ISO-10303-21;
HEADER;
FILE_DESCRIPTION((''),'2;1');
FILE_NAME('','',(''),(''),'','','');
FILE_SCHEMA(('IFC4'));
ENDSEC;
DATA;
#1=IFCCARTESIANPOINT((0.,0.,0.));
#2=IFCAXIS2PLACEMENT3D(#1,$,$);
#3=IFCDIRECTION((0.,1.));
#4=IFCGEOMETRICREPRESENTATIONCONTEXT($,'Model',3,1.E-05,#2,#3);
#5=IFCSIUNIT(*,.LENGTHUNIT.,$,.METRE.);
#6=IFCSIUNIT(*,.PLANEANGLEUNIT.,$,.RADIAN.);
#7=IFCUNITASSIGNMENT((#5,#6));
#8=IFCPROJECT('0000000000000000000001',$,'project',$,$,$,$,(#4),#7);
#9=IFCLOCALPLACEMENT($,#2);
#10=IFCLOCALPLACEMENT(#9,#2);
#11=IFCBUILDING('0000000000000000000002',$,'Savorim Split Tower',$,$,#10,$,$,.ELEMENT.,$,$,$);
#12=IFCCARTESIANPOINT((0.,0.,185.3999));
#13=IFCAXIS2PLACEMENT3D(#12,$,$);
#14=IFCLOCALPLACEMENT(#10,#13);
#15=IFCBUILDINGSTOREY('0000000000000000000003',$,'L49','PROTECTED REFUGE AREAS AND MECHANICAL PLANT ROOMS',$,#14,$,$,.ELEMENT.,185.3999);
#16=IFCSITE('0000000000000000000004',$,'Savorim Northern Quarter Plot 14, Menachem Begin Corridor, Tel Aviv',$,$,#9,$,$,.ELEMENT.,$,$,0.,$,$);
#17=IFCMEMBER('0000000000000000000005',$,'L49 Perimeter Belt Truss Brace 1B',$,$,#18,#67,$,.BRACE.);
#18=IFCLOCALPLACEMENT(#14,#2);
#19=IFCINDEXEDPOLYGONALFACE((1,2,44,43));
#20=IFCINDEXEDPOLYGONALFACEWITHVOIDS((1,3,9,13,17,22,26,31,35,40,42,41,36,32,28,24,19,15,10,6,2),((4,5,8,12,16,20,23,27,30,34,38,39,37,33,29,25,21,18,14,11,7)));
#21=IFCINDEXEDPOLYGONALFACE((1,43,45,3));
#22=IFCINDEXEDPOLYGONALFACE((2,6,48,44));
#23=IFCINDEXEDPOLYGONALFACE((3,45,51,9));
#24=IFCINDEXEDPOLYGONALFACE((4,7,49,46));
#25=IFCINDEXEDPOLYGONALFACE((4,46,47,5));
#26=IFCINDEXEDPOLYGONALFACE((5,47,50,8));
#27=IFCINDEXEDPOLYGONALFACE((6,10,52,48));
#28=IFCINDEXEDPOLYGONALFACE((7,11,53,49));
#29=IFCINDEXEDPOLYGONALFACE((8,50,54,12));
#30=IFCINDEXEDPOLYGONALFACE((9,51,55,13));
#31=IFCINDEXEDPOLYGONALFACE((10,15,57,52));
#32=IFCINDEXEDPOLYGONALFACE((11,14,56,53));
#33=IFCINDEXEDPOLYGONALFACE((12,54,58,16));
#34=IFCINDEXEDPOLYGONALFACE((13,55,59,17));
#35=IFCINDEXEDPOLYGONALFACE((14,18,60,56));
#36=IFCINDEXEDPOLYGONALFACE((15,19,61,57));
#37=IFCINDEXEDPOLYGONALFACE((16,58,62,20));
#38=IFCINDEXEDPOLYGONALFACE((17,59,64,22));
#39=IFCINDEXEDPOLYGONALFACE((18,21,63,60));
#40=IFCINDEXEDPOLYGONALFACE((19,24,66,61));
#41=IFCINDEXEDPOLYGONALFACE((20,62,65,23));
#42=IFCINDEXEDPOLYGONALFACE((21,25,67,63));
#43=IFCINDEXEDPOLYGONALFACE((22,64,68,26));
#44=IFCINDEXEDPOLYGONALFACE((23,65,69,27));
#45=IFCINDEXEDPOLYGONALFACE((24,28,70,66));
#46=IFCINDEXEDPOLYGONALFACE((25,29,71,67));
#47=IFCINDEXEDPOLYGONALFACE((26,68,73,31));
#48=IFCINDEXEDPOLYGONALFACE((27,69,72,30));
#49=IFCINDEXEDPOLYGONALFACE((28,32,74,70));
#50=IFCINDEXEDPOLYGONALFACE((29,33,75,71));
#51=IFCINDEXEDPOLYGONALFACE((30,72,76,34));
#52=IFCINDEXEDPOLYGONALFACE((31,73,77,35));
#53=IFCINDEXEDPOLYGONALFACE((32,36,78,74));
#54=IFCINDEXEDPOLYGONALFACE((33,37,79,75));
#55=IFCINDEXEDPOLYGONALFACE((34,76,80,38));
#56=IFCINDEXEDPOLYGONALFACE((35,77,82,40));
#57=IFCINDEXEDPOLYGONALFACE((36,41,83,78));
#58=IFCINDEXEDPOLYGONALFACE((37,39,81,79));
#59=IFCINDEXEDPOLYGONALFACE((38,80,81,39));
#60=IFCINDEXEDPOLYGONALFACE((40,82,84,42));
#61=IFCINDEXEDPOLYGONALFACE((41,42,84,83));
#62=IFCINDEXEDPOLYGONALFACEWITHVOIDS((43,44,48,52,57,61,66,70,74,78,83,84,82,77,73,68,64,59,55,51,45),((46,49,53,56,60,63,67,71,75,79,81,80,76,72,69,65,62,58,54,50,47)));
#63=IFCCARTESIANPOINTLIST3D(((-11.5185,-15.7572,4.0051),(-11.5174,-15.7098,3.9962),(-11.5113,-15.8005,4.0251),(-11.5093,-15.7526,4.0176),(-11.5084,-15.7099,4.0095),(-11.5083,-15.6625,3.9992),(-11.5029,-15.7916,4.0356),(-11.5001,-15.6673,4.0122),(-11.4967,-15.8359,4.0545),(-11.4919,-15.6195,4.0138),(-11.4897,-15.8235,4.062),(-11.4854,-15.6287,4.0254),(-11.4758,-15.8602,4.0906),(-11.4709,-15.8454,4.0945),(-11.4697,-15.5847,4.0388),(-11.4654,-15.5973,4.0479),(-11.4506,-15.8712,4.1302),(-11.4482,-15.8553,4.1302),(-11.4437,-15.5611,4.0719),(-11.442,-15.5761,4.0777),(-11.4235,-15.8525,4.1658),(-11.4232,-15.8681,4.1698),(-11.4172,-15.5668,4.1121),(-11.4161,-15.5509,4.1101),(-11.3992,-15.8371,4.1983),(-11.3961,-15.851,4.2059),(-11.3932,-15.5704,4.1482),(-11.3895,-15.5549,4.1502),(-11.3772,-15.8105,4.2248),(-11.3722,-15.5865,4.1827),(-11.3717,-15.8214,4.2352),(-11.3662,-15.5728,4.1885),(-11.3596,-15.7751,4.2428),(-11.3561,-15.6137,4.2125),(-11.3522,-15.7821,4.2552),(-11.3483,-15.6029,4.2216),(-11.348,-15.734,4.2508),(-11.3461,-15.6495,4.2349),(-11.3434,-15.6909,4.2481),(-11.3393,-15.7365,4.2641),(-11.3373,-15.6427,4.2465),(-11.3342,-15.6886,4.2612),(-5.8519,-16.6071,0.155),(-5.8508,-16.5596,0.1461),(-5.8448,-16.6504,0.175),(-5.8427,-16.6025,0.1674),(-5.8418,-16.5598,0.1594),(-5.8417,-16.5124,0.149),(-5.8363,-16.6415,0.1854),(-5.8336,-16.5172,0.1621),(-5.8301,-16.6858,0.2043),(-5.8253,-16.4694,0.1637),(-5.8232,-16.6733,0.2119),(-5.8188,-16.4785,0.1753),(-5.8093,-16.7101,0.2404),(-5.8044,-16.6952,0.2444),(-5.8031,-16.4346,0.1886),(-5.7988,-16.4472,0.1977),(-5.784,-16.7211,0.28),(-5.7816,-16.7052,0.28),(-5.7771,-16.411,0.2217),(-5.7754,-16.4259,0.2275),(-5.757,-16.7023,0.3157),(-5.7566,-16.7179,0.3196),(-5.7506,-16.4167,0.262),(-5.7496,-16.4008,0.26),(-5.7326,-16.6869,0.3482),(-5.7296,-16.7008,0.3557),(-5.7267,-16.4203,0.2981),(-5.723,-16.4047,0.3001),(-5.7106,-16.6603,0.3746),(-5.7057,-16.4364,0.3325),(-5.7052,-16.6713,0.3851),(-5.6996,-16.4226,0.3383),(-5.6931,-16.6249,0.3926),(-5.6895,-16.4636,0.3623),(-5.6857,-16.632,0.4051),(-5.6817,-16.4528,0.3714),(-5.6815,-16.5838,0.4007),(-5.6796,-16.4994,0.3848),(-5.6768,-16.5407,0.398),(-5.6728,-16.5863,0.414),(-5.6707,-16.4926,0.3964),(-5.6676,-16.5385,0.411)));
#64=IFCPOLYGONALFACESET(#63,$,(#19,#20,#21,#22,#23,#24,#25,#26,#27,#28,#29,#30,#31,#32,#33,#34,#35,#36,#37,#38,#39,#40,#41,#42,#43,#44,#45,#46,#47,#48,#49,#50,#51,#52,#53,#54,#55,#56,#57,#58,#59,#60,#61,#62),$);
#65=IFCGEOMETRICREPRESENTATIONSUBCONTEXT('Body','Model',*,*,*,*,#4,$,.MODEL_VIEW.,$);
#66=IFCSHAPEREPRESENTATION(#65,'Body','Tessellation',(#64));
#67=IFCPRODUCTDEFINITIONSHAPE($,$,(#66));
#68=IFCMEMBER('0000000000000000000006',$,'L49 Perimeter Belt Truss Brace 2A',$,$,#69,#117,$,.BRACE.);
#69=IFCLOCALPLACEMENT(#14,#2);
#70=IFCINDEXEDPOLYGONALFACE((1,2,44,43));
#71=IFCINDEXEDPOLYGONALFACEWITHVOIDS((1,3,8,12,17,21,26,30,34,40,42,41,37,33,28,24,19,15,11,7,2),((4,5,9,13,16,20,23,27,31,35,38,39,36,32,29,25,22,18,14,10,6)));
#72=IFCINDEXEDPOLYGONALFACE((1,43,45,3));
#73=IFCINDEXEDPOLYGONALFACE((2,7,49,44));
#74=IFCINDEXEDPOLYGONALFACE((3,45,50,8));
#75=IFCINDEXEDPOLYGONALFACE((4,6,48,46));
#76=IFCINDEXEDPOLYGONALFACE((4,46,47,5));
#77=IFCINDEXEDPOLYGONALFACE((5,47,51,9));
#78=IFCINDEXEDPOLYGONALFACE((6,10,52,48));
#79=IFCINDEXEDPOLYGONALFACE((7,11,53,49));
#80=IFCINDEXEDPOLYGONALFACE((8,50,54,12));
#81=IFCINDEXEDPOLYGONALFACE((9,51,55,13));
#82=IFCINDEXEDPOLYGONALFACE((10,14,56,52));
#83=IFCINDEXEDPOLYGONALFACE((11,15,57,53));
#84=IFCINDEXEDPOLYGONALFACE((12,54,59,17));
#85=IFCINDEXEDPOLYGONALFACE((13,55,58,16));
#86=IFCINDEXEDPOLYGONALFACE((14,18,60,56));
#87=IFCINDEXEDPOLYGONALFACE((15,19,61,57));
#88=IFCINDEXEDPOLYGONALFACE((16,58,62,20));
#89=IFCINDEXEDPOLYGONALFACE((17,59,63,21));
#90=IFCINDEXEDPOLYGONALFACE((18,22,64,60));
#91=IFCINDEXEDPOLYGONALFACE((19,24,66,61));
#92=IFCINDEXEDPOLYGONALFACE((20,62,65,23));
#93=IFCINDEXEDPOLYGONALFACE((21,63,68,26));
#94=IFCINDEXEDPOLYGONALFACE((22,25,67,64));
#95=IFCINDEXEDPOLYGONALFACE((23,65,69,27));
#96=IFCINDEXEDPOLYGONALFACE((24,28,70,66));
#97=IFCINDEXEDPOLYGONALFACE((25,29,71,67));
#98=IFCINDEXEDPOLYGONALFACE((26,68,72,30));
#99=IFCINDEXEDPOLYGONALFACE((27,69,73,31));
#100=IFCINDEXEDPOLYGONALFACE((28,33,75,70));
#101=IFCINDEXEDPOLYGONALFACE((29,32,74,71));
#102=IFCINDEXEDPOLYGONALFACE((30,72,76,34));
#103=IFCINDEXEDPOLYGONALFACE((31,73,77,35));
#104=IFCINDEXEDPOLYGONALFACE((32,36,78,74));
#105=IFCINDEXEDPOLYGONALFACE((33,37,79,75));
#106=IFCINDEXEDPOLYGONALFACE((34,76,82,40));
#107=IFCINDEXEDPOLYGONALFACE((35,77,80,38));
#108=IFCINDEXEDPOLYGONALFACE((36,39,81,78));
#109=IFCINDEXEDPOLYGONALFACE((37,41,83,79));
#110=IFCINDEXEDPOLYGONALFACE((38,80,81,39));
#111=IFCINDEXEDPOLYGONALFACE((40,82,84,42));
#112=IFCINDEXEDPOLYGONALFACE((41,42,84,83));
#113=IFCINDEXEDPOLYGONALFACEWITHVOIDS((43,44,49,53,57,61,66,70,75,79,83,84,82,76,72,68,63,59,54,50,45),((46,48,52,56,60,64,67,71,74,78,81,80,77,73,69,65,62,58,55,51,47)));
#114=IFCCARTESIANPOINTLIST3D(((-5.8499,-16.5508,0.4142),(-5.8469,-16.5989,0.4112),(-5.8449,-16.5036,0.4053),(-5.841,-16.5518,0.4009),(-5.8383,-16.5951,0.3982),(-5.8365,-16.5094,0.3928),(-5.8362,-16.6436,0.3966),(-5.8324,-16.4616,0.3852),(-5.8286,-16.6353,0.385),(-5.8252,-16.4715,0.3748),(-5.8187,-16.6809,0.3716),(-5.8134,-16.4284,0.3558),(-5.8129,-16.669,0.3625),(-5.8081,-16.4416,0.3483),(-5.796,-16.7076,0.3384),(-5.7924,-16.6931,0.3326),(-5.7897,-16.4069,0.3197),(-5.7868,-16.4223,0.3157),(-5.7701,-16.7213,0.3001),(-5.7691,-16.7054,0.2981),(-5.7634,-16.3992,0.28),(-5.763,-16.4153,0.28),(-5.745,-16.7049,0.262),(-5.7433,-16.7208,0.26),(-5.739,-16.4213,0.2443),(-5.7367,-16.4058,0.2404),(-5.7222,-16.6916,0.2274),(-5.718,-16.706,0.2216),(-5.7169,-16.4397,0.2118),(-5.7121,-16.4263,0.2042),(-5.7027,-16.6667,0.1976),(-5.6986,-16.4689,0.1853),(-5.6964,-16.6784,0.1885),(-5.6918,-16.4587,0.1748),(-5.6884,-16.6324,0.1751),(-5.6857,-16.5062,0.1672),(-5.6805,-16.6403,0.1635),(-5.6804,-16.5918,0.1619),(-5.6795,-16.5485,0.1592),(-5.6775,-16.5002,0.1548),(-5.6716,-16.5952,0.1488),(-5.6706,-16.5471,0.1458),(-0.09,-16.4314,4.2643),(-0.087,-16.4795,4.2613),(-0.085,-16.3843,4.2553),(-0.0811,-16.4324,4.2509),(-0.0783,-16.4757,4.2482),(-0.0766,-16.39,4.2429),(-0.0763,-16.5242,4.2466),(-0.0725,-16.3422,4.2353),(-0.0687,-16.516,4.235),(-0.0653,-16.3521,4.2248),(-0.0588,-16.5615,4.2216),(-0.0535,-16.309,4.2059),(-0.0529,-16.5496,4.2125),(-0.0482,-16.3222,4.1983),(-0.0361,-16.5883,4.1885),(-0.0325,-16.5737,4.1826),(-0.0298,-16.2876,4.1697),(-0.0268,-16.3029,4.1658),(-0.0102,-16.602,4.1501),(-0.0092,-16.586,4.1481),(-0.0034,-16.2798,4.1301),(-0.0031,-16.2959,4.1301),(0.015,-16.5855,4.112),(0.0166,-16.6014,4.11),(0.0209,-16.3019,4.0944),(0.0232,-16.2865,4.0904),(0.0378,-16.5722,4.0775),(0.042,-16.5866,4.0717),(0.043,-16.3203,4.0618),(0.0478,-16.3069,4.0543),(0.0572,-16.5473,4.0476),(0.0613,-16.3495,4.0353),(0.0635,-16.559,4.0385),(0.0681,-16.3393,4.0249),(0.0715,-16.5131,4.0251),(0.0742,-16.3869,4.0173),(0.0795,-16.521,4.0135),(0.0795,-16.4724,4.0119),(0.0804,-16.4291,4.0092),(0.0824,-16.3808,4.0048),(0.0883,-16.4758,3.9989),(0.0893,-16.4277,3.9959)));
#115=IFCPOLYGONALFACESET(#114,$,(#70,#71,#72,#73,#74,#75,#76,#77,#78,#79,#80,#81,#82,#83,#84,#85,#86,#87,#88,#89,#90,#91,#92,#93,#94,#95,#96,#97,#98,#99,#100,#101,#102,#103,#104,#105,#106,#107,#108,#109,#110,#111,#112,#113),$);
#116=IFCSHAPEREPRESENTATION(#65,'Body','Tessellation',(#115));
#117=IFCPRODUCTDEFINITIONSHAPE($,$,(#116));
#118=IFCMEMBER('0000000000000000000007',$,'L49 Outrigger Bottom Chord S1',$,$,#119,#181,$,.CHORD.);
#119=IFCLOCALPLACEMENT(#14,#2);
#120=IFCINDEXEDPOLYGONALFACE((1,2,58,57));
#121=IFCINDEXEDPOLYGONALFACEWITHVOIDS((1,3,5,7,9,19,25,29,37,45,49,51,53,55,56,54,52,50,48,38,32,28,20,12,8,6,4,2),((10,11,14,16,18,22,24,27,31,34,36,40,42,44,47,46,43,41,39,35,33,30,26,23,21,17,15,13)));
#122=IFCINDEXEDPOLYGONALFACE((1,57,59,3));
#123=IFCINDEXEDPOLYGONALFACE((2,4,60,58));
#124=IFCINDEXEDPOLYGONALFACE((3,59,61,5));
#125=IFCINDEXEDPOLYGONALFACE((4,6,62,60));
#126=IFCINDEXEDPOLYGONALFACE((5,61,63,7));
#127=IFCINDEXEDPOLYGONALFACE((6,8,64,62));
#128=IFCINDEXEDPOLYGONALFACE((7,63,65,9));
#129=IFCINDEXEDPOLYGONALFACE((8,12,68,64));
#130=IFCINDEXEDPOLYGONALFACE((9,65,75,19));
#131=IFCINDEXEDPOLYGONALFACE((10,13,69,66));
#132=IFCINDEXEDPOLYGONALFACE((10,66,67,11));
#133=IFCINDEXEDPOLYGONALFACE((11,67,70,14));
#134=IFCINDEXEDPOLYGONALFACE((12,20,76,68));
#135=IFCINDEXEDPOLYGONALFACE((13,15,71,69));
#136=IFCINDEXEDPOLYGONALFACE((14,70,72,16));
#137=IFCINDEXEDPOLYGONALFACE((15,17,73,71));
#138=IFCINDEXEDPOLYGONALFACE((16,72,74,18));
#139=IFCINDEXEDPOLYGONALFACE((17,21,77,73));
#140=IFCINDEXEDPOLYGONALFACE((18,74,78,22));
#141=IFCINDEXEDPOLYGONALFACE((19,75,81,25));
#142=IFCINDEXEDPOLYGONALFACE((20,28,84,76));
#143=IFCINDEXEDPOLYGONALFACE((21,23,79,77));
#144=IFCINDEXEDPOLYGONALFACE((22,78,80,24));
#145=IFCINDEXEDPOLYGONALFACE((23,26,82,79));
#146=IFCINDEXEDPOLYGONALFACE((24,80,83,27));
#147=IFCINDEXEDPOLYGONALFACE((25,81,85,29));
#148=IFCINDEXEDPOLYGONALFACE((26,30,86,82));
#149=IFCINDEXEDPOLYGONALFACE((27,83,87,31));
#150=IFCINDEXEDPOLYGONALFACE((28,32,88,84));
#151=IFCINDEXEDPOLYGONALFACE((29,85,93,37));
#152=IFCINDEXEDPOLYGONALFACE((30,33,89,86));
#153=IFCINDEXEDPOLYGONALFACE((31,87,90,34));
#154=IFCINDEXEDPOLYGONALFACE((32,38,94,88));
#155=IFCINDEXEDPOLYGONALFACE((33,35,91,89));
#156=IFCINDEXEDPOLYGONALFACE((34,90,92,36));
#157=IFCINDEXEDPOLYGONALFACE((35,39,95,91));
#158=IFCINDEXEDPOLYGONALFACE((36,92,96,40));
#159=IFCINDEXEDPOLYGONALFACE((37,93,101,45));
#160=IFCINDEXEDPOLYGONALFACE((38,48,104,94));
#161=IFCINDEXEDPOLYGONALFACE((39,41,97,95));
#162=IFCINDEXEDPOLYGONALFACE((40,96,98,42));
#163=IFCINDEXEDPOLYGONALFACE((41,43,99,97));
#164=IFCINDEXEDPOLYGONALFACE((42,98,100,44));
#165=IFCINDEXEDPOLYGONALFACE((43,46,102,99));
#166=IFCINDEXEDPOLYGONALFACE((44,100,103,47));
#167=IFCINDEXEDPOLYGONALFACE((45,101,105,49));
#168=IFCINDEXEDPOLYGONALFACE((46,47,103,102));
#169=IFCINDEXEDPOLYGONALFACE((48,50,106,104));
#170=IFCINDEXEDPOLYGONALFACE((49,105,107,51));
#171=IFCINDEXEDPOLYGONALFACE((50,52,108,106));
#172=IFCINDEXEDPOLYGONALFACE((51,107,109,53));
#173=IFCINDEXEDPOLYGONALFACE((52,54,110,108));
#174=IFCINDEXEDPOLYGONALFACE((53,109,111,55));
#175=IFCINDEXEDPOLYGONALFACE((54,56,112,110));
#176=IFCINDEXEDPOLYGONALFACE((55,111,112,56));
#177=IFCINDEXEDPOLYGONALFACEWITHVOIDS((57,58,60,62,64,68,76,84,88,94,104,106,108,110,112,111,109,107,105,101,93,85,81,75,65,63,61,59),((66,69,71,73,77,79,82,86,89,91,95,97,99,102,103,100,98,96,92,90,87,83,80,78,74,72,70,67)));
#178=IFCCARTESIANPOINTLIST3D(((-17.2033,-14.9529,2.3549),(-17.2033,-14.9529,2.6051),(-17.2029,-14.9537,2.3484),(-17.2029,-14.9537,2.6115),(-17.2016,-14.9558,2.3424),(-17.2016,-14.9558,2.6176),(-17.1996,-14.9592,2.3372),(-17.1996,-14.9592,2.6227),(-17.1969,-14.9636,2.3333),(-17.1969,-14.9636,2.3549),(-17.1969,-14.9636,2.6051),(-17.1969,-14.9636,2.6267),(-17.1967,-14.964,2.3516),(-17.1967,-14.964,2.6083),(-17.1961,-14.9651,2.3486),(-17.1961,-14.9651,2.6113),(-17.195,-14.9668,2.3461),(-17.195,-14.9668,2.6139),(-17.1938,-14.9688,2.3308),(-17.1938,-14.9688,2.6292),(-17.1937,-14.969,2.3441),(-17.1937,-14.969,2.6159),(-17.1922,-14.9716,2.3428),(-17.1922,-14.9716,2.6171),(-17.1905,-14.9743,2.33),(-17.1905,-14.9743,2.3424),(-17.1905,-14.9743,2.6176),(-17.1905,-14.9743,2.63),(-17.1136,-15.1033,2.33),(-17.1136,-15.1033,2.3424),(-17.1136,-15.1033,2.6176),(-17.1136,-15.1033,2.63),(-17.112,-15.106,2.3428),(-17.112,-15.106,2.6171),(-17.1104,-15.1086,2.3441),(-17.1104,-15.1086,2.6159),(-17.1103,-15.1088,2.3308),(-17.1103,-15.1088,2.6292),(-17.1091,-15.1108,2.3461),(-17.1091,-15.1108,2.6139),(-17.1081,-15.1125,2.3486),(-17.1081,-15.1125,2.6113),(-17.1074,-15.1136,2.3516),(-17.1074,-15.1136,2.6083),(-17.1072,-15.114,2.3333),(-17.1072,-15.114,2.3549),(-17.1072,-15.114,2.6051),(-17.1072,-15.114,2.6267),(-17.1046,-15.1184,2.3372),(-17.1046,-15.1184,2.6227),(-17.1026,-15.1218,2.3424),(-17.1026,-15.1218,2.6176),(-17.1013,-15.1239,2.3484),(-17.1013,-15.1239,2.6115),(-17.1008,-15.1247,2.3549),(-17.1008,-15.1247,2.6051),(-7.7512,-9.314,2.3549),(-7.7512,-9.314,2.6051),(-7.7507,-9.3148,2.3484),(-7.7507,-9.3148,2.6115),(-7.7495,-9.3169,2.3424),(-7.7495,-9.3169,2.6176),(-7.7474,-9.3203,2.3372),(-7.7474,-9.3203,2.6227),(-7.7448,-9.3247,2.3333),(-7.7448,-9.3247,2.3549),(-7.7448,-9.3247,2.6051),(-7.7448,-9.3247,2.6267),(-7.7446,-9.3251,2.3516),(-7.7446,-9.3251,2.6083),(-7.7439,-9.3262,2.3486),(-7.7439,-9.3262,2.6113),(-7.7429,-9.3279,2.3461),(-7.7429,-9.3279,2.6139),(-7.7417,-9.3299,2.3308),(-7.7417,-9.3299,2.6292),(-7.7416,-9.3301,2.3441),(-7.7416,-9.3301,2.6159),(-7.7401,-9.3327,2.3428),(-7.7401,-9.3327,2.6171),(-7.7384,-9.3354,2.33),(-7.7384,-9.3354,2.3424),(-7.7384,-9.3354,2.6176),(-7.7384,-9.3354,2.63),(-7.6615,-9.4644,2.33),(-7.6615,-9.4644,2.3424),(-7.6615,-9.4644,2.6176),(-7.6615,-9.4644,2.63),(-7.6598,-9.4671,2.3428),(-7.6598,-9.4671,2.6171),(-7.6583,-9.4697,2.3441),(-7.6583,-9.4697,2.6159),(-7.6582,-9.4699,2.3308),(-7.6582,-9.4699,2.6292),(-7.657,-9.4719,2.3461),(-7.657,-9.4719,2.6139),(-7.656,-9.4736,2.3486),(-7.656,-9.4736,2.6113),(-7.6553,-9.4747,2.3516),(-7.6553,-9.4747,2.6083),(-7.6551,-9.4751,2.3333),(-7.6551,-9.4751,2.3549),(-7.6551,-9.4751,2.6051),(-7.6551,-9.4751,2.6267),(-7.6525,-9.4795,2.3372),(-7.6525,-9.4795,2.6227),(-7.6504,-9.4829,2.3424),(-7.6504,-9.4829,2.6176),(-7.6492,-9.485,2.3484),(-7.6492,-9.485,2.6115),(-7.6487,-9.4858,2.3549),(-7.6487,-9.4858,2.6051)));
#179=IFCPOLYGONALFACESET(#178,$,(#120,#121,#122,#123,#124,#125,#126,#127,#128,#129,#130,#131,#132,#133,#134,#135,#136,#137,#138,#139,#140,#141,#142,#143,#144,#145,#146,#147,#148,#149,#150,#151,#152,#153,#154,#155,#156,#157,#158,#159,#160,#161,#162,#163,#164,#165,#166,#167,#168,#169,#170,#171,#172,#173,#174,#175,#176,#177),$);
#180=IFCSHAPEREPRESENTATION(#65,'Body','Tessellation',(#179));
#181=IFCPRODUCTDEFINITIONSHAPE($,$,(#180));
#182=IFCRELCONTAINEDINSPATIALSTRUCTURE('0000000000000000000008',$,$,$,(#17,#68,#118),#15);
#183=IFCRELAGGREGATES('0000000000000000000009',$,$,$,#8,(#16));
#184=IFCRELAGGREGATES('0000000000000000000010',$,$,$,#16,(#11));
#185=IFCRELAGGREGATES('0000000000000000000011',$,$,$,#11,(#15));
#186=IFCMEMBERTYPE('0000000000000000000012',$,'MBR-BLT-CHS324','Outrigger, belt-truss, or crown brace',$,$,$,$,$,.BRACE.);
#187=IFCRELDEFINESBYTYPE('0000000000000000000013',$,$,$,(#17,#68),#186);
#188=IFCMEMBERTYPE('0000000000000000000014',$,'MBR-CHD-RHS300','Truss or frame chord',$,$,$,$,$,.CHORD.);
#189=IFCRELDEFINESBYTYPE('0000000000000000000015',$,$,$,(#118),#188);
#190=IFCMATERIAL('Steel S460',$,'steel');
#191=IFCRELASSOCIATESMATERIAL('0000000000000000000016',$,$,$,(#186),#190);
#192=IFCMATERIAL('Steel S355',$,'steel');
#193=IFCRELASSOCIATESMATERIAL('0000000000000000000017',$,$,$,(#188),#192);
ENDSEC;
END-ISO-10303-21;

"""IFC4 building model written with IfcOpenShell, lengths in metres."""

from ifc_helpers import new_model, si_unit, direction, frame, origin, origin_2d, place, context, subcontext, project, spatial, hollow_rectangle, hollow_circle, extrude, material, material_profile, profile_set, type_object, element, save


model = new_model("IFC4")

# Units and contexts
model_context = context("Model", 3, precision=1e-05, world=origin(), true_north=direction((0.0, 1.0)))
body_context = subcontext(model_context, "Body", "Model", "MODEL_VIEW")
ifc_project = project(units=[si_unit("LENGTHUNIT", "METRE"), si_unit("PLANEANGLEUNIT", "RADIAN")], contexts=[model_context])

# Site, building, storey
site_placement = place(None, origin())
site = spatial("IfcSite", under=ifc_project, at=site_placement, Name="Savorim Northern Quarter Plot 14, Menachem Begin Corridor, Tel Aviv", CompositionType="ELEMENT", RefElevation=0.0)
building_placement = place(site_placement, origin())
building = spatial("IfcBuilding", under=site, at=building_placement, Name="Savorim Split Tower", CompositionType="ELEMENT")
storey_placement = place(building_placement, frame((0.0, 0.0, 185.3999)))
storey = spatial("IfcBuildingStorey", under=building, at=storey_placement, Name="L49", Description="PROTECTED REFUGE AREAS AND MECHANICAL PLANT ROOMS", CompositionType="ELEMENT", Elevation=185.3999)

# Shared definitions
ifc_material_1 = material(Name="Steel S355", Category="steel")
ifc_material_2 = material(Name="Steel S460", Category="steel")

# Members
ifc_material_profile_1 = material_profile(ifc_material_2, hollow_circle(Radius=0.1619, WallThickness=0.0161, at=origin_2d()), Name="CHS 323.9x16")
ifc_profile_set_1 = profile_set([ifc_material_profile_1], Name="Steel S460")
member_type_1 = type_object("IfcMemberType", Name="MBR-BLT-CHS324", Description="Outrigger, belt-truss, or crown brace", PredefinedType="BRACE", material=ifc_profile_set_1)
member_1_placement = place(storey_placement, frame((-5.76, -16.561, 0.28), z_axis=(-0.820847, 0.123109, 0.557723), x_axis=(-0.14832, -0.988939, 0.0)))
element("IfcMember", 1, at=member_1_placement, inside=storey, type_object=member_type_1, Name="L49 Perimeter Belt Truss Brace 1B", PredefinedType="BRACE", context=body_context, shape_type="SweptSolid", body=[
    extrude(hollow_circle(Radius=0.1619, WallThickness=0.0161, at=origin_2d()), origin(), (0.0, 0.0, 1.0), 6.9033),
])
member_2_placement = place(storey_placement, frame((-5.76, -16.561, 0.28), z_axis=(0.831254, 0.017229, 0.555626), x_axis=(-0.020722, 0.999785, 0.0)))
element("IfcMember", 2, at=member_2_placement, inside=storey, type_object=member_type_1, Name="L49 Perimeter Belt Truss Brace 2A", PredefinedType="BRACE", context=body_context, shape_type="SweptSolid", body=[
    extrude(hollow_circle(Radius=0.1619, WallThickness=0.0161, at=origin_2d()), origin(), (0.0, 0.0, 1.0), 6.9292),
])
ifc_material_profile_2 = material_profile(ifc_material_1, hollow_rectangle(XDim=0.2, YDim=0.3, WallThickness=0.0125, InnerFilletRadius=0.0125, OuterFilletRadius=0.0249, at=origin_2d()), Name="RHS 300x200x12.5")
ifc_profile_set_2 = profile_set([ifc_material_profile_2], Name="Steel S355")
member_type_2 = type_object("IfcMemberType", Name="MBR-CHD-RHS300", Description="Truss or frame chord", PredefinedType="CHORD", material=ifc_profile_set_2)
member_3_placement = place(storey_placement, frame((-7.7, -9.3999, 2.48), z_axis=(-0.858788, -0.512331, 0.0), x_axis=(0.512331, -0.858788, 0.0)))
element("IfcMember", 3, at=member_3_placement, inside=storey, type_object=member_type_2, Name="L49 Outrigger Bottom Chord S1", PredefinedType="CHORD", context=body_context, shape_type="SweptSolid", body=[
    extrude(hollow_rectangle(XDim=0.2, YDim=0.3, WallThickness=0.0125, InnerFilletRadius=0.0125, OuterFilletRadius=0.0249, at=origin_2d()), origin(), (0.0, 0.0, 1.0), 11.0063),
])

save(model, "model.ifc")
